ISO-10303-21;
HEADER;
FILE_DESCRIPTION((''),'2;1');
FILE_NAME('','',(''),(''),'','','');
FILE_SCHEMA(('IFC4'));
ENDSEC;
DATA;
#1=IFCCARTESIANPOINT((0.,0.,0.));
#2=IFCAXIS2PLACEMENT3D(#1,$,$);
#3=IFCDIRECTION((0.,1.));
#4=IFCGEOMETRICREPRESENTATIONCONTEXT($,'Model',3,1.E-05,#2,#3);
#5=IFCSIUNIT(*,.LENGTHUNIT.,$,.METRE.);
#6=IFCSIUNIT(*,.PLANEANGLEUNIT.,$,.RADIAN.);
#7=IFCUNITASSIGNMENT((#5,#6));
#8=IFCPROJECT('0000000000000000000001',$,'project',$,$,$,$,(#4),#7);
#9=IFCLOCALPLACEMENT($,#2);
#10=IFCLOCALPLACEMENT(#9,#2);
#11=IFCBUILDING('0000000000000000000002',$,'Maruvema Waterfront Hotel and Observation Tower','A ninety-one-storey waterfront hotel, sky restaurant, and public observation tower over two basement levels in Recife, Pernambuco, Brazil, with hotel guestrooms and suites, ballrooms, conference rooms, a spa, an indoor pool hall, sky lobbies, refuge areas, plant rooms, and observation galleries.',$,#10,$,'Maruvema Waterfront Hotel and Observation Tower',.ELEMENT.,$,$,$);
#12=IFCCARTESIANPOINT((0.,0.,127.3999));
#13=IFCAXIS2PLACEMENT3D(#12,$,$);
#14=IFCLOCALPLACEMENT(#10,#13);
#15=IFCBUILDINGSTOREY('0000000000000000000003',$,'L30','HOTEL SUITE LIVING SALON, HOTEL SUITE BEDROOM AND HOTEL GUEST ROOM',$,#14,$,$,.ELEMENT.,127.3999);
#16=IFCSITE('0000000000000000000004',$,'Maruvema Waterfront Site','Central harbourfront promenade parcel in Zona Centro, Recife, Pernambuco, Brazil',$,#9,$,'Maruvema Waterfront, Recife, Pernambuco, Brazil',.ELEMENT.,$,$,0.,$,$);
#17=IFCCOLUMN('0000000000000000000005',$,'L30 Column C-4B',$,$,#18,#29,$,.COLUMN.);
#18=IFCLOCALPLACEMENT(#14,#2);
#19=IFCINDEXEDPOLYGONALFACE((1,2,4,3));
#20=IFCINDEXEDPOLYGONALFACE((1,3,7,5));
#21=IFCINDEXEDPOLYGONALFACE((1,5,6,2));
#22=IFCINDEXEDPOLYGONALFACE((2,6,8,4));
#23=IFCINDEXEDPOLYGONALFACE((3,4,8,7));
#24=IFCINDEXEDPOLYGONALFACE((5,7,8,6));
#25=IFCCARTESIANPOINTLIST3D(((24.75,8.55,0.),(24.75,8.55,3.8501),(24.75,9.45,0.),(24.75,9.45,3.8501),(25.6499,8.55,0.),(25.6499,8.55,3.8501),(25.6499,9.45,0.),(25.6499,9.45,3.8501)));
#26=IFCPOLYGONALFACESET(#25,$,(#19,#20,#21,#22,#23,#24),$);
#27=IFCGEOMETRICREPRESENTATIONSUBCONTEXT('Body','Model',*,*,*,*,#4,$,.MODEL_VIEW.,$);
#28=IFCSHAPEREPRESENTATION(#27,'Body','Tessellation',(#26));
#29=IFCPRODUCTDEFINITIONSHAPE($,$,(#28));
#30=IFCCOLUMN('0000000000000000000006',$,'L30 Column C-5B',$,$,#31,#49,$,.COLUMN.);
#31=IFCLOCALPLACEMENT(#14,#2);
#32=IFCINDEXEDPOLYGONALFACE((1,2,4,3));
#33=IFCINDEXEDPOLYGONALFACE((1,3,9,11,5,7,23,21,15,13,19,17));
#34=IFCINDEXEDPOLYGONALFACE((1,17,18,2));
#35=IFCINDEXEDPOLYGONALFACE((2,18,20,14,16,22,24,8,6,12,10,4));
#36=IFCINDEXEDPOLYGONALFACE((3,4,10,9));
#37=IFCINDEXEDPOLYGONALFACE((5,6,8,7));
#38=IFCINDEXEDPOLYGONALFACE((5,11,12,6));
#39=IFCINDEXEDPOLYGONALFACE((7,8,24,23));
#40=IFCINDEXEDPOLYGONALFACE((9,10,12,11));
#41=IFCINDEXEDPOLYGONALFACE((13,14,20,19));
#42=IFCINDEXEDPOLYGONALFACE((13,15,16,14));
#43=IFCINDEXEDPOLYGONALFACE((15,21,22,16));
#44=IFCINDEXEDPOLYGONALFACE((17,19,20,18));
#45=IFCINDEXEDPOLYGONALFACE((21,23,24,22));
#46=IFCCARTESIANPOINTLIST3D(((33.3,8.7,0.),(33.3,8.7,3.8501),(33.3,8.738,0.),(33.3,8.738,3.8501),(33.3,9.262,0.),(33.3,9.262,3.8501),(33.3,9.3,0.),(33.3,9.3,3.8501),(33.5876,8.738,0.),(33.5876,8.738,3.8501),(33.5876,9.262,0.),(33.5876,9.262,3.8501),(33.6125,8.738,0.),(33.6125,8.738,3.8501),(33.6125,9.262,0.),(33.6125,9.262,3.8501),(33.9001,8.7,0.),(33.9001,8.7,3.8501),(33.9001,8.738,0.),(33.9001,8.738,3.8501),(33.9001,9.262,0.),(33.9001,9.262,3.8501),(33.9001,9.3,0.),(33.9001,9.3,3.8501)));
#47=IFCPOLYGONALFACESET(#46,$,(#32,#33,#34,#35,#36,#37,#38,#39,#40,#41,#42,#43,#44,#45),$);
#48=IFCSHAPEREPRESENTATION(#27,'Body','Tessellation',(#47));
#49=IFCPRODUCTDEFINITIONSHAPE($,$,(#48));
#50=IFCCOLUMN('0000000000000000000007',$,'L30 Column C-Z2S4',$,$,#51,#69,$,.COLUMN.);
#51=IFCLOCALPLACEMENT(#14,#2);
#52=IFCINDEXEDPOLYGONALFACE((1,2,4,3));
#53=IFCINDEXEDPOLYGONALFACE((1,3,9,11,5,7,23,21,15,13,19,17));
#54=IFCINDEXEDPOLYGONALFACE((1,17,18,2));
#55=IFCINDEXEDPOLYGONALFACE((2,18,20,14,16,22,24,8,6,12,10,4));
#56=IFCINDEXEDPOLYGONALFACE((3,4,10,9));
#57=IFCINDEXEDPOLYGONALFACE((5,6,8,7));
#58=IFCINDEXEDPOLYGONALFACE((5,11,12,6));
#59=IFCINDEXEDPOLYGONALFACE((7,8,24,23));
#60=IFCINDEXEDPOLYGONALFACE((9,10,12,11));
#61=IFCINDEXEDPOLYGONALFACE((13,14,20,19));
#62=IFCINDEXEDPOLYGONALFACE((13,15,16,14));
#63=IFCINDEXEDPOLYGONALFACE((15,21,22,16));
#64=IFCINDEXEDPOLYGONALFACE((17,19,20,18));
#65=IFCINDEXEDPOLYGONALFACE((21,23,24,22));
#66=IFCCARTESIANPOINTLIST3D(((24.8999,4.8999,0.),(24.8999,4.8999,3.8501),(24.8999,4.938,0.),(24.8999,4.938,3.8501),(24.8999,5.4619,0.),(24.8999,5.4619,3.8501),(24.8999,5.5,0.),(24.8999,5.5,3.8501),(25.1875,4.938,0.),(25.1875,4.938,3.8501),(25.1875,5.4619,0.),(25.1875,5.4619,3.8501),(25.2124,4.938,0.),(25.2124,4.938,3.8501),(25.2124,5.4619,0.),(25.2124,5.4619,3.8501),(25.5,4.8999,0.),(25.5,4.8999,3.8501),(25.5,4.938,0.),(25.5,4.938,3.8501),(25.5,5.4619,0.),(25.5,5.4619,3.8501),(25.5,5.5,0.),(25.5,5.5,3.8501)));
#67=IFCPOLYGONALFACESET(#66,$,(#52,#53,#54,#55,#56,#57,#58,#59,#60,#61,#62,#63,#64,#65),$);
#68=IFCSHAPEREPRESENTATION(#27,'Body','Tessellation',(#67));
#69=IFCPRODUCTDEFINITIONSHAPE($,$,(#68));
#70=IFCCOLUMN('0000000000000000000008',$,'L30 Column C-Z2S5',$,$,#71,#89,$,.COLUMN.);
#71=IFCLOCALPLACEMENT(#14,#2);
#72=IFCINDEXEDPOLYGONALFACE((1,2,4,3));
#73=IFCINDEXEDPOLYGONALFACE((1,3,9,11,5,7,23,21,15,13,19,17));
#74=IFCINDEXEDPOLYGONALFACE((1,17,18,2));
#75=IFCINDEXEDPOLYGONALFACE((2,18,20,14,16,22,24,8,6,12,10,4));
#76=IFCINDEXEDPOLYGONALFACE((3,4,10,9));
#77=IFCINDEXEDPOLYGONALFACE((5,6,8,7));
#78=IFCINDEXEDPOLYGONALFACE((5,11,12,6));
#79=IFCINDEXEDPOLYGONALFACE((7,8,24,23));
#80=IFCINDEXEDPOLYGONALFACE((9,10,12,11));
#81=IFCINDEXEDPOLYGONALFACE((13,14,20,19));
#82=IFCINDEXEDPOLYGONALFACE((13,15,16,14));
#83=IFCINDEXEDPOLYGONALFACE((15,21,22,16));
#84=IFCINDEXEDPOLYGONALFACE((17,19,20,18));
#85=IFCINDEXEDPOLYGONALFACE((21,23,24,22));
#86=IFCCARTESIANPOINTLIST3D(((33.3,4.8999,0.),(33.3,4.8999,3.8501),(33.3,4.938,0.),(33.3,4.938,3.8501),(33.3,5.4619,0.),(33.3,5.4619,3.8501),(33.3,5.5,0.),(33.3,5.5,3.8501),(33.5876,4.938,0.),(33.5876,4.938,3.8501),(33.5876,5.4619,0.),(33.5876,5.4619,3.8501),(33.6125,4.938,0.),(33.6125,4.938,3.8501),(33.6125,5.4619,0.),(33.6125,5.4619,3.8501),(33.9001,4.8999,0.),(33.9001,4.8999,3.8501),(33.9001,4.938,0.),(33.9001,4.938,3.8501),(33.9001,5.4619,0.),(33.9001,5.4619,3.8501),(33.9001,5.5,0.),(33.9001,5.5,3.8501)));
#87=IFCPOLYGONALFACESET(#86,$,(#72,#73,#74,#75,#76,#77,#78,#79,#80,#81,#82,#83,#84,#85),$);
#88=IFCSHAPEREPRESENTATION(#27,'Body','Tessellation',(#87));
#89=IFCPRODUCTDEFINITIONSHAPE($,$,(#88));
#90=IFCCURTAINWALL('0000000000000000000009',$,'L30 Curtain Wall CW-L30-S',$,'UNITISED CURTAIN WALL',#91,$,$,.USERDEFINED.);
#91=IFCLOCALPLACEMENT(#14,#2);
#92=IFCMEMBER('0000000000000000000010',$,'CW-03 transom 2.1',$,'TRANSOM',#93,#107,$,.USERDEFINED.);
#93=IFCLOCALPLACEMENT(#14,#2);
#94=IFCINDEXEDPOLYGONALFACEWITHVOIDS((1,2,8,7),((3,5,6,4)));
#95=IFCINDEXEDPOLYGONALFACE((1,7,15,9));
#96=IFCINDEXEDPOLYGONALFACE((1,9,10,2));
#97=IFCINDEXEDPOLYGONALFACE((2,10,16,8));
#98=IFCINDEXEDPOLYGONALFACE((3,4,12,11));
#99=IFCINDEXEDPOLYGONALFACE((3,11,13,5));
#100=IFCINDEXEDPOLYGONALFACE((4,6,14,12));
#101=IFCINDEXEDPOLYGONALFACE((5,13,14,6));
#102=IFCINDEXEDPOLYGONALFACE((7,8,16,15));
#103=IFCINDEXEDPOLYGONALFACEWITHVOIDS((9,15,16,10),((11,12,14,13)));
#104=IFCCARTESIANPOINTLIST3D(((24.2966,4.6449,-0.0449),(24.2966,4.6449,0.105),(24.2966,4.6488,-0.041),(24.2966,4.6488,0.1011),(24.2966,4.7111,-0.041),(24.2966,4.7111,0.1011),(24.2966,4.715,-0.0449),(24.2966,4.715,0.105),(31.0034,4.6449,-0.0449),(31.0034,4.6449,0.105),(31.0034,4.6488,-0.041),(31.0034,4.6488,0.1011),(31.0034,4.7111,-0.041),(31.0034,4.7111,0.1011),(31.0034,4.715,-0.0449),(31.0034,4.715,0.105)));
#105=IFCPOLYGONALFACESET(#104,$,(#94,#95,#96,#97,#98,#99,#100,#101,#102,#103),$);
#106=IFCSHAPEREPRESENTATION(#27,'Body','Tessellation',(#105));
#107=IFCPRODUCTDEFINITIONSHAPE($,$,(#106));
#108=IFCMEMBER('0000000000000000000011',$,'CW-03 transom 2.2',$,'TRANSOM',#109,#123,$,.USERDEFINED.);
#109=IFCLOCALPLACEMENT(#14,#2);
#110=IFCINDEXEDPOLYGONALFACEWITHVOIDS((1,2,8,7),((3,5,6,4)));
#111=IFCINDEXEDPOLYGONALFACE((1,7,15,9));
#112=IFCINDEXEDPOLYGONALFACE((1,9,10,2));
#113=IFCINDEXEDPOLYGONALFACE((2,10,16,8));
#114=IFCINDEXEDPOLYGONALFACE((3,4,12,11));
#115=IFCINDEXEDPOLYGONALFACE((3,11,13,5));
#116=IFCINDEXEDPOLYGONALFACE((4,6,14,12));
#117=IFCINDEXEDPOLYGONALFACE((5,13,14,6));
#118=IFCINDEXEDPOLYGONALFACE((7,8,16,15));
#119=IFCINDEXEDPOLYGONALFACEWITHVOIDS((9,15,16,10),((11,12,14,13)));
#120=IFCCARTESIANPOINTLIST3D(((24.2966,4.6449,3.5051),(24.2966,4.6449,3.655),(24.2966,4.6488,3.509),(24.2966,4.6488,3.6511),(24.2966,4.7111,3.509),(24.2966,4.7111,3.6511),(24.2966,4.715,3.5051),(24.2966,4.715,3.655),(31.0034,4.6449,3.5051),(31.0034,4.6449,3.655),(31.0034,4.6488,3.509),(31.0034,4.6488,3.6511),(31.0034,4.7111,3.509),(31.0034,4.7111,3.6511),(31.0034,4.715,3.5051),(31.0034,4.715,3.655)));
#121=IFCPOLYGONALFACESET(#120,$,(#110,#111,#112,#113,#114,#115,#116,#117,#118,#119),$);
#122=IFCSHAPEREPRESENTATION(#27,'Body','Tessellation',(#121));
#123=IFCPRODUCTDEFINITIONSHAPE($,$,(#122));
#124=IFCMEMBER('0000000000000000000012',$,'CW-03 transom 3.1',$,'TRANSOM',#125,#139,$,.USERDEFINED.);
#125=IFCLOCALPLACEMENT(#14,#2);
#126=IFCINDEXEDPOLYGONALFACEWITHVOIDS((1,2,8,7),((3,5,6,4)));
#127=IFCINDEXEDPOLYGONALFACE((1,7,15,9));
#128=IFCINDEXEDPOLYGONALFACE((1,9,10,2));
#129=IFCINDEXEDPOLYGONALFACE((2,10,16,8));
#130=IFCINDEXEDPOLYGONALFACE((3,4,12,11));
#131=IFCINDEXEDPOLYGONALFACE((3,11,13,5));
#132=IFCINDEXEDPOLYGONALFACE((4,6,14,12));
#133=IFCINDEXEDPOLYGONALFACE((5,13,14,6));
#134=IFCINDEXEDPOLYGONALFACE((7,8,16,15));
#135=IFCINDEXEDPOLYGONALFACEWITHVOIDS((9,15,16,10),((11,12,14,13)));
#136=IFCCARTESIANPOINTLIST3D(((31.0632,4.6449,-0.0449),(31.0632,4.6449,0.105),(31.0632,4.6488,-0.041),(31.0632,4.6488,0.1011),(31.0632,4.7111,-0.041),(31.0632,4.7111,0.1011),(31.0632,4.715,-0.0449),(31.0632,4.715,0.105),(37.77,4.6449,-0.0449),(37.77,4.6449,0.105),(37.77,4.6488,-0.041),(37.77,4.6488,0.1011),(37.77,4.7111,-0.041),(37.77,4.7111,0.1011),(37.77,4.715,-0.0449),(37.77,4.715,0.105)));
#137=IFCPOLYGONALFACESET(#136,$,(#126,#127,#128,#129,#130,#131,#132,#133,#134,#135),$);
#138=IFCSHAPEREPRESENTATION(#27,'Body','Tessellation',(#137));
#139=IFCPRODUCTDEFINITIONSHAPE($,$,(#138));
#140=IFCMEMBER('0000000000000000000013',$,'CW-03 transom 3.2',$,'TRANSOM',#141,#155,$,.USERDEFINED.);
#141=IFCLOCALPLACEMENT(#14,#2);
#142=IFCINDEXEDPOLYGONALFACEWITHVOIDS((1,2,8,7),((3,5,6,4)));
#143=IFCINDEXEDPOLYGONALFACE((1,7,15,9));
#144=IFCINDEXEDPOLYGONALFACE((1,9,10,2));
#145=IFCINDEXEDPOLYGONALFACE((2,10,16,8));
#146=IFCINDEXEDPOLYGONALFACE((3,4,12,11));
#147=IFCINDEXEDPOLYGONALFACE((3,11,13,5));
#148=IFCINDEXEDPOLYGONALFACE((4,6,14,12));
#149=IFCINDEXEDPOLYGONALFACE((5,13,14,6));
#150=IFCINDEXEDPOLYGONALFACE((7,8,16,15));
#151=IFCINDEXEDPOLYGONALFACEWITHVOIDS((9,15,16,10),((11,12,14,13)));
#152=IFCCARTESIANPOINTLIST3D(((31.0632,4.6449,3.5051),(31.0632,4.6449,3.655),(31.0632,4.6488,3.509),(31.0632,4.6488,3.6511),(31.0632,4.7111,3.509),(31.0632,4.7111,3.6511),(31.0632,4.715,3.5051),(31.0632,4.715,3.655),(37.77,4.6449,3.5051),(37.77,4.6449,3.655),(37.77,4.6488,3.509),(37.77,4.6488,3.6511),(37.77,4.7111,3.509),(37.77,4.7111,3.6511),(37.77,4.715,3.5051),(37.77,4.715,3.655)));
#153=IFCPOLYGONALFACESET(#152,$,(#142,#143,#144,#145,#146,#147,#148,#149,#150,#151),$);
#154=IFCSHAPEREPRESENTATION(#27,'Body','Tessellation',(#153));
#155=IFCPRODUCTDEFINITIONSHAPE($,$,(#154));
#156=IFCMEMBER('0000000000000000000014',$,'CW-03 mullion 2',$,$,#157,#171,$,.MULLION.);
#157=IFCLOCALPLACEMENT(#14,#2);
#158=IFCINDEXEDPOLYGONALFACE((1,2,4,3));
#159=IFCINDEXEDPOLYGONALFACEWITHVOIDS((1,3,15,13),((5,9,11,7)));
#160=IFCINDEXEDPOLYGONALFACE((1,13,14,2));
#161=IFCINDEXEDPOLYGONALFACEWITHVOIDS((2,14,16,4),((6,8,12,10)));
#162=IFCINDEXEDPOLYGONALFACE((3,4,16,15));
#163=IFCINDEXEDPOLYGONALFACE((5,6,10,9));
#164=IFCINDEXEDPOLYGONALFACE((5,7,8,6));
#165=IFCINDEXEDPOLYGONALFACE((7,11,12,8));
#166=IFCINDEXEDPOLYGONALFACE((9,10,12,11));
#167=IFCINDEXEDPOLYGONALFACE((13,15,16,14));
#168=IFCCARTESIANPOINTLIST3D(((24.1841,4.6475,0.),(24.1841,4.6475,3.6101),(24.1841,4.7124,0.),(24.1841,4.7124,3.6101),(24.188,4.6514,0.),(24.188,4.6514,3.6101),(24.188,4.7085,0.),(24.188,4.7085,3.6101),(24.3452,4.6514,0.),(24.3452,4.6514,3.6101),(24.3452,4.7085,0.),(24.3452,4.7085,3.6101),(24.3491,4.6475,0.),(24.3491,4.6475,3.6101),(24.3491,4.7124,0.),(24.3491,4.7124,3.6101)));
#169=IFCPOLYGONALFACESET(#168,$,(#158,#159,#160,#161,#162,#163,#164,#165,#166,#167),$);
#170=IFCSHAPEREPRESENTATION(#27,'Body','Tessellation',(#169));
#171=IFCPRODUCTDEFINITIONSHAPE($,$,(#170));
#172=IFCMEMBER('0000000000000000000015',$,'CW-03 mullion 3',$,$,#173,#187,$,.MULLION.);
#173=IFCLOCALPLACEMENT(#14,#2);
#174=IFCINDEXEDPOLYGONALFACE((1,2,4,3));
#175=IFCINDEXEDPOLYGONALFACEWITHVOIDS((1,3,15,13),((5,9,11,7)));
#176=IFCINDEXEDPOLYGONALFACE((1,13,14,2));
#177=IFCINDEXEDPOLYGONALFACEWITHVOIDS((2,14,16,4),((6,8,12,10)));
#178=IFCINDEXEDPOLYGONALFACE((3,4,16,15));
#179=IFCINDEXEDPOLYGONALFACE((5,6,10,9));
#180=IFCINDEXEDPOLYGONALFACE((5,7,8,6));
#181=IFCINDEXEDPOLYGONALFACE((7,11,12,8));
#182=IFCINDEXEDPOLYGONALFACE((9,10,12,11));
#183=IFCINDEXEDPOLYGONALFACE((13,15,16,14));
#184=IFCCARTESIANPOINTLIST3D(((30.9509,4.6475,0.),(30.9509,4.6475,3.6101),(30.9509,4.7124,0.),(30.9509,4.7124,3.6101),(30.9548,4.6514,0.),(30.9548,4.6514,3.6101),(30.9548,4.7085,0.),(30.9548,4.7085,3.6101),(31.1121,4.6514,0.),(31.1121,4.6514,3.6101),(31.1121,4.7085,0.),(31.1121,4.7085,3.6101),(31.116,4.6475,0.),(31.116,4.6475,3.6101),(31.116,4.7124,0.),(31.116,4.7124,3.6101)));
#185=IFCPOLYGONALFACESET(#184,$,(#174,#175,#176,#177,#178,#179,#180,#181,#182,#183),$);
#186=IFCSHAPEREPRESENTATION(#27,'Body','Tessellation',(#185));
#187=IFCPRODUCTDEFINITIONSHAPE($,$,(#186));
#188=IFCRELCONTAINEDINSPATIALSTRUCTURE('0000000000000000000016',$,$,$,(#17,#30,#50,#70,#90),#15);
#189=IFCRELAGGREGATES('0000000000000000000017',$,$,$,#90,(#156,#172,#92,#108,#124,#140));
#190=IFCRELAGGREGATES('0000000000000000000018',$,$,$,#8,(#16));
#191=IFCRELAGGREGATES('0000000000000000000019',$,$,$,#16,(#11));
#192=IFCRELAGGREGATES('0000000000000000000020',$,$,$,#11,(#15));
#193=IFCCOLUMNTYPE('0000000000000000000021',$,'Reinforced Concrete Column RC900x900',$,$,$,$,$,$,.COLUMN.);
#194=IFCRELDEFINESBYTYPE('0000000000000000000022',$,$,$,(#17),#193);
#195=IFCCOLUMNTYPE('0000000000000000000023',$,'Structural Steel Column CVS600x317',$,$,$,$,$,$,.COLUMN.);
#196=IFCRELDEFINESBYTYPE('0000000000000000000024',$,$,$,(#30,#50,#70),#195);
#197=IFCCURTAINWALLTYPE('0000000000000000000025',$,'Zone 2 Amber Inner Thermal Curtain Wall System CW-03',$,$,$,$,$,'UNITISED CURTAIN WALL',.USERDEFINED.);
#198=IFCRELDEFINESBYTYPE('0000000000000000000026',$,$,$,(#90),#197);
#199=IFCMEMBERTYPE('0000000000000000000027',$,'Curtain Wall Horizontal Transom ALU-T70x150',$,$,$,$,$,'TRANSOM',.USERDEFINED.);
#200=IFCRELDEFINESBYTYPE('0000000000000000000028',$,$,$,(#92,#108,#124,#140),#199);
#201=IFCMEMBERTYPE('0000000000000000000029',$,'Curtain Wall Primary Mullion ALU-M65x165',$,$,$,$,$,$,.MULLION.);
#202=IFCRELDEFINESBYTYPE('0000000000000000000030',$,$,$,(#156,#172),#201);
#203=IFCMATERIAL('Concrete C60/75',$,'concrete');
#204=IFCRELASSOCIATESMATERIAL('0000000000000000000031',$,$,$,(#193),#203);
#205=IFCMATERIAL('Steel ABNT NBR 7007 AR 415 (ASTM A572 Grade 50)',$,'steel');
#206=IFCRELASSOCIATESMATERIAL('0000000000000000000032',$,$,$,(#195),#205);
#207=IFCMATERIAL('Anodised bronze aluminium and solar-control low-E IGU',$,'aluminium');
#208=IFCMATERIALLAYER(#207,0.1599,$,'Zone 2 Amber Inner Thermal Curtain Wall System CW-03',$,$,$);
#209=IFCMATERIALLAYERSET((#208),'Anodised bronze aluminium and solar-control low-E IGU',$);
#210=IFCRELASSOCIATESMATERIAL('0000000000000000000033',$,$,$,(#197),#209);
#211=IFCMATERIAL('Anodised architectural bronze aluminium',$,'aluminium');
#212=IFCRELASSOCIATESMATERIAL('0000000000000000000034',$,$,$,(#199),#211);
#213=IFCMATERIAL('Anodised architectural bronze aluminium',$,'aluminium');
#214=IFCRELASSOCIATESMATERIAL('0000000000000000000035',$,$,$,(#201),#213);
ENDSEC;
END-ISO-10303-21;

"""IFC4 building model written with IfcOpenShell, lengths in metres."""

from ifc_helpers import new_model, si_unit, direction, frame, origin, origin_2d, place, context, subcontext, project, spatial, rectangle, hollow_rectangle, i_section, extrude, material, layer, layer_set, material_profile, profile_set, type_object, element, aggregate, save


model = new_model("IFC4")

# Units and contexts
model_context = context("Model", 3, precision=1e-05, world=origin(), true_north=direction((0.0, 1.0)))
body_context = subcontext(model_context, "Body", "Model", "MODEL_VIEW")
ifc_project = project(units=[si_unit("LENGTHUNIT", "METRE"), si_unit("PLANEANGLEUNIT", "RADIAN")], contexts=[model_context])

# Site, building, storey
site_placement = place(None, origin())
site = spatial("IfcSite", under=ifc_project, at=site_placement, Name="Maruvema Waterfront Site", Description="Central harbourfront promenade parcel in Zona Centro, Recife, Pernambuco, Brazil", LongName="Maruvema Waterfront, Recife, Pernambuco, Brazil", CompositionType="ELEMENT", RefElevation=0.0)
building_placement = place(site_placement, origin())
building = spatial("IfcBuilding", under=site, at=building_placement, Name="Maruvema Waterfront Hotel and Observation Tower", Description="A ninety-one-storey waterfront hotel, sky restaurant, and public observation tower over two basement levels in Recife, Pernambuco, Brazil, with hotel guestrooms and suites, ballrooms, conference rooms, a spa, an indoor pool hall, sky lobbies, refuge areas, plant rooms, and observation galleries.", LongName="Maruvema Waterfront Hotel and Observation Tower", CompositionType="ELEMENT")
storey_placement = place(building_placement, frame((0.0, 0.0, 127.3999)))
storey = spatial("IfcBuildingStorey", under=building, at=storey_placement, Name="L30", Description="HOTEL SUITE LIVING SALON, HOTEL SUITE BEDROOM AND HOTEL GUEST ROOM", CompositionType="ELEMENT", Elevation=127.3999)

# Columns
ifc_material_1 = material(Name="Concrete C60/75", Category="concrete")
ifc_material_profile_1 = material_profile(ifc_material_1, rectangle(XDim=0.8999, YDim=0.8999, at=origin_2d()), Name="RC900x900")
ifc_profile_set_1 = profile_set([ifc_material_profile_1], Name="Concrete C60/75")
column_type_1 = type_object("IfcColumnType", Name="Reinforced Concrete Column RC900x900", PredefinedType="COLUMN", material=ifc_profile_set_1)
column_placement = place(storey_placement, frame((25.2, 9.0, 0.0), z_axis=(0.0, 0.0, 1.0), x_axis=(1.0, 0.0, 0.0)))
element("IfcColumn", 1, at=column_placement, inside=storey, type_object=column_type_1, Name="L30 Column C-4B", PredefinedType="COLUMN", context=body_context, shape_type="SweptSolid", body=[
    extrude(rectangle(XDim=0.8999, YDim=0.8999, at=origin_2d()), origin(), (0.0, 0.0, 1.0), 3.8501),
])
ifc_material_2 = material(Name="Steel ABNT NBR 7007 AR 415 (ASTM A572 Grade 50)", Category="steel")
ifc_material_profile_2 = material_profile(ifc_material_2, i_section(OverallWidth=0.6001, OverallDepth=0.6001, WebThickness=0.0249, FlangeThickness=0.0381, at=origin_2d()), Name="CVS600x317")
ifc_profile_set_2 = profile_set([ifc_material_profile_2], Name="Steel ABNT NBR 7007 AR 415 (ASTM A572 Grade 50)")
column_type_2 = type_object("IfcColumnType", Name="Structural Steel Column CVS600x317", PredefinedType="COLUMN", material=ifc_profile_set_2)
for number, where, z_axis, x_axis, name in (
    (2, (33.6001, 9.0, 0.0), (0.0, 0.0, 1.0), (1.0, 0.0, 0.0), "L30 Column C-5B"),
    (3, (25.2, 5.2, 0.0), (0.0, 0.0, 1.0), (1.0, 0.0, 0.0), "L30 Column C-Z2S4"),
    (4, (33.6001, 5.2, 0.0), (0.0, 0.0, 1.0), (1.0, 0.0, 0.0), "L30 Column C-Z2S5"),
):
    element("IfcColumn", number, at=place(storey_placement, frame(where, z_axis=z_axis, x_axis=x_axis)), inside=storey, type_object=column_type_2, Name=name, PredefinedType="COLUMN", context=body_context, shape_type="SweptSolid", body=[
        extrude(i_section(OverallWidth=0.6001, OverallDepth=0.6001, WebThickness=0.0249, FlangeThickness=0.0381, at=origin_2d()), origin(), (0.0, 0.0, 1.0), 3.8501),
    ])

# Curtain wall, members
ifc_material_3 = material(Name="Anodised bronze aluminium and solar-control low-E IGU", Category="aluminium")
ifc_layer_1 = layer(ifc_material_3, 0.1599, Name="Zone 2 Amber Inner Thermal Curtain Wall System CW-03")
ifc_layer_set_1 = layer_set([ifc_layer_1], Name="Anodised bronze aluminium and solar-control low-E IGU")
curtain_wall_type = type_object("IfcCurtainWallType", Name="Zone 2 Amber Inner Thermal Curtain Wall System CW-03", ElementType="UNITISED CURTAIN WALL", PredefinedType="USERDEFINED", material=ifc_layer_set_1)
curtain_wall_placement = place(storey_placement, origin())
curtain_wall = element("IfcCurtainWall", 5, at=curtain_wall_placement, inside=storey, type_object=curtain_wall_type, Name="L30 Curtain Wall CW-L30-S", ObjectType="UNITISED CURTAIN WALL", PredefinedType="USERDEFINED")
ifc_material_4 = material(Name="Anodised architectural bronze aluminium", Category="aluminium")
ifc_material_profile_3 = material_profile(ifc_material_4, hollow_rectangle(XDim=0.0701, YDim=0.1499, WallThickness=0.0039, at=origin_2d()), Name="ALU-T70x150")
ifc_profile_set_3 = profile_set([ifc_material_profile_3], Name="Anodised architectural bronze aluminium")
member_type_1 = type_object("IfcMemberType", Name="Curtain Wall Horizontal Transom ALU-T70x150", ElementType="TRANSOM", PredefinedType="USERDEFINED", material=ifc_profile_set_3)
member_1_placement = place(storey_placement, frame((24.2966, 4.6799, 0.03), z_axis=(1.0, 0.0, 0.0), x_axis=(0.0, 1.0, 0.0)))
member_1 = element("IfcMember", 6, at=member_1_placement, type_object=member_type_1, Name="CW-03 transom 2.1", ObjectType="TRANSOM", PredefinedType="USERDEFINED", context=body_context, shape_type="SweptSolid", body=[
    extrude(hollow_rectangle(XDim=0.0701, YDim=0.1499, WallThickness=0.0039, at=origin_2d()), origin(), (0.0, 0.0, 1.0), 6.7068),
])
member_2_placement = place(storey_placement, frame((24.2966, 4.6799, 3.5801), z_axis=(1.0, 0.0, 0.0), x_axis=(0.0, 1.0, 0.0)))
member_2 = element("IfcMember", 7, at=member_2_placement, type_object=member_type_1, Name="CW-03 transom 2.2", ObjectType="TRANSOM", PredefinedType="USERDEFINED", context=body_context, shape_type="SweptSolid", body=[
    extrude(hollow_rectangle(XDim=0.0701, YDim=0.1499, WallThickness=0.0039, at=origin_2d()), origin(), (0.0, 0.0, 1.0), 6.7068),
])
member_3_placement = place(storey_placement, frame((31.0632, 4.6799, 0.03), z_axis=(1.0, 0.0, 0.0), x_axis=(0.0, 1.0, 0.0)))
member_3 = element("IfcMember", 8, at=member_3_placement, type_object=member_type_1, Name="CW-03 transom 3.1", ObjectType="TRANSOM", PredefinedType="USERDEFINED", context=body_context, shape_type="SweptSolid", body=[
    extrude(hollow_rectangle(XDim=0.0701, YDim=0.1499, WallThickness=0.0039, at=origin_2d()), origin(), (0.0, 0.0, 1.0), 6.7068),
])
member_4_placement = place(storey_placement, frame((31.0632, 4.6799, 3.5801), z_axis=(1.0, 0.0, 0.0), x_axis=(0.0, 1.0, 0.0)))
member_4 = element("IfcMember", 9, at=member_4_placement, type_object=member_type_1, Name="CW-03 transom 3.2", ObjectType="TRANSOM", PredefinedType="USERDEFINED", context=body_context, shape_type="SweptSolid", body=[
    extrude(hollow_rectangle(XDim=0.0701, YDim=0.1499, WallThickness=0.0039, at=origin_2d()), origin(), (0.0, 0.0, 1.0), 6.7068),
])
ifc_material_5 = material(Name="Anodised architectural bronze aluminium", Category="aluminium")
ifc_material_profile_4 = material_profile(ifc_material_5, hollow_rectangle(XDim=0.0649, YDim=0.165, WallThickness=0.0039, at=origin_2d()), Name="ALU-M65x165")
ifc_profile_set_4 = profile_set([ifc_material_profile_4], Name="Anodised architectural bronze aluminium")
member_type_2 = type_object("IfcMemberType", Name="Curtain Wall Primary Mullion ALU-M65x165", PredefinedType="MULLION", material=ifc_profile_set_4)
member_5_placement = place(storey_placement, frame((24.2666, 4.6799, 0.0), z_axis=(0.0, 0.0, 1.0), x_axis=(0.0, 1.0, 0.0)))
member_5 = element("IfcMember", 10, at=member_5_placement, type_object=member_type_2, Name="CW-03 mullion 2", PredefinedType="MULLION", context=body_context, shape_type="SweptSolid", body=[
    extrude(hollow_rectangle(XDim=0.0649, YDim=0.165, WallThickness=0.0039, at=origin_2d()), origin(), (0.0, 0.0, 1.0), 3.6101),
])
member_6_placement = place(storey_placement, frame((31.0334, 4.6799, 0.0), z_axis=(0.0, 0.0, 1.0), x_axis=(0.0, 1.0, 0.0)))
member_6 = element("IfcMember", 11, at=member_6_placement, type_object=member_type_2, Name="CW-03 mullion 3", PredefinedType="MULLION", context=body_context, shape_type="SweptSolid", body=[
    extrude(hollow_rectangle(XDim=0.0649, YDim=0.165, WallThickness=0.0039, at=origin_2d()), origin(), (0.0, 0.0, 1.0), 3.6101),
])

aggregate(curtain_wall, [member_5, member_6, member_1, member_2, member_3, member_4])

save(model, "model.ifc")
